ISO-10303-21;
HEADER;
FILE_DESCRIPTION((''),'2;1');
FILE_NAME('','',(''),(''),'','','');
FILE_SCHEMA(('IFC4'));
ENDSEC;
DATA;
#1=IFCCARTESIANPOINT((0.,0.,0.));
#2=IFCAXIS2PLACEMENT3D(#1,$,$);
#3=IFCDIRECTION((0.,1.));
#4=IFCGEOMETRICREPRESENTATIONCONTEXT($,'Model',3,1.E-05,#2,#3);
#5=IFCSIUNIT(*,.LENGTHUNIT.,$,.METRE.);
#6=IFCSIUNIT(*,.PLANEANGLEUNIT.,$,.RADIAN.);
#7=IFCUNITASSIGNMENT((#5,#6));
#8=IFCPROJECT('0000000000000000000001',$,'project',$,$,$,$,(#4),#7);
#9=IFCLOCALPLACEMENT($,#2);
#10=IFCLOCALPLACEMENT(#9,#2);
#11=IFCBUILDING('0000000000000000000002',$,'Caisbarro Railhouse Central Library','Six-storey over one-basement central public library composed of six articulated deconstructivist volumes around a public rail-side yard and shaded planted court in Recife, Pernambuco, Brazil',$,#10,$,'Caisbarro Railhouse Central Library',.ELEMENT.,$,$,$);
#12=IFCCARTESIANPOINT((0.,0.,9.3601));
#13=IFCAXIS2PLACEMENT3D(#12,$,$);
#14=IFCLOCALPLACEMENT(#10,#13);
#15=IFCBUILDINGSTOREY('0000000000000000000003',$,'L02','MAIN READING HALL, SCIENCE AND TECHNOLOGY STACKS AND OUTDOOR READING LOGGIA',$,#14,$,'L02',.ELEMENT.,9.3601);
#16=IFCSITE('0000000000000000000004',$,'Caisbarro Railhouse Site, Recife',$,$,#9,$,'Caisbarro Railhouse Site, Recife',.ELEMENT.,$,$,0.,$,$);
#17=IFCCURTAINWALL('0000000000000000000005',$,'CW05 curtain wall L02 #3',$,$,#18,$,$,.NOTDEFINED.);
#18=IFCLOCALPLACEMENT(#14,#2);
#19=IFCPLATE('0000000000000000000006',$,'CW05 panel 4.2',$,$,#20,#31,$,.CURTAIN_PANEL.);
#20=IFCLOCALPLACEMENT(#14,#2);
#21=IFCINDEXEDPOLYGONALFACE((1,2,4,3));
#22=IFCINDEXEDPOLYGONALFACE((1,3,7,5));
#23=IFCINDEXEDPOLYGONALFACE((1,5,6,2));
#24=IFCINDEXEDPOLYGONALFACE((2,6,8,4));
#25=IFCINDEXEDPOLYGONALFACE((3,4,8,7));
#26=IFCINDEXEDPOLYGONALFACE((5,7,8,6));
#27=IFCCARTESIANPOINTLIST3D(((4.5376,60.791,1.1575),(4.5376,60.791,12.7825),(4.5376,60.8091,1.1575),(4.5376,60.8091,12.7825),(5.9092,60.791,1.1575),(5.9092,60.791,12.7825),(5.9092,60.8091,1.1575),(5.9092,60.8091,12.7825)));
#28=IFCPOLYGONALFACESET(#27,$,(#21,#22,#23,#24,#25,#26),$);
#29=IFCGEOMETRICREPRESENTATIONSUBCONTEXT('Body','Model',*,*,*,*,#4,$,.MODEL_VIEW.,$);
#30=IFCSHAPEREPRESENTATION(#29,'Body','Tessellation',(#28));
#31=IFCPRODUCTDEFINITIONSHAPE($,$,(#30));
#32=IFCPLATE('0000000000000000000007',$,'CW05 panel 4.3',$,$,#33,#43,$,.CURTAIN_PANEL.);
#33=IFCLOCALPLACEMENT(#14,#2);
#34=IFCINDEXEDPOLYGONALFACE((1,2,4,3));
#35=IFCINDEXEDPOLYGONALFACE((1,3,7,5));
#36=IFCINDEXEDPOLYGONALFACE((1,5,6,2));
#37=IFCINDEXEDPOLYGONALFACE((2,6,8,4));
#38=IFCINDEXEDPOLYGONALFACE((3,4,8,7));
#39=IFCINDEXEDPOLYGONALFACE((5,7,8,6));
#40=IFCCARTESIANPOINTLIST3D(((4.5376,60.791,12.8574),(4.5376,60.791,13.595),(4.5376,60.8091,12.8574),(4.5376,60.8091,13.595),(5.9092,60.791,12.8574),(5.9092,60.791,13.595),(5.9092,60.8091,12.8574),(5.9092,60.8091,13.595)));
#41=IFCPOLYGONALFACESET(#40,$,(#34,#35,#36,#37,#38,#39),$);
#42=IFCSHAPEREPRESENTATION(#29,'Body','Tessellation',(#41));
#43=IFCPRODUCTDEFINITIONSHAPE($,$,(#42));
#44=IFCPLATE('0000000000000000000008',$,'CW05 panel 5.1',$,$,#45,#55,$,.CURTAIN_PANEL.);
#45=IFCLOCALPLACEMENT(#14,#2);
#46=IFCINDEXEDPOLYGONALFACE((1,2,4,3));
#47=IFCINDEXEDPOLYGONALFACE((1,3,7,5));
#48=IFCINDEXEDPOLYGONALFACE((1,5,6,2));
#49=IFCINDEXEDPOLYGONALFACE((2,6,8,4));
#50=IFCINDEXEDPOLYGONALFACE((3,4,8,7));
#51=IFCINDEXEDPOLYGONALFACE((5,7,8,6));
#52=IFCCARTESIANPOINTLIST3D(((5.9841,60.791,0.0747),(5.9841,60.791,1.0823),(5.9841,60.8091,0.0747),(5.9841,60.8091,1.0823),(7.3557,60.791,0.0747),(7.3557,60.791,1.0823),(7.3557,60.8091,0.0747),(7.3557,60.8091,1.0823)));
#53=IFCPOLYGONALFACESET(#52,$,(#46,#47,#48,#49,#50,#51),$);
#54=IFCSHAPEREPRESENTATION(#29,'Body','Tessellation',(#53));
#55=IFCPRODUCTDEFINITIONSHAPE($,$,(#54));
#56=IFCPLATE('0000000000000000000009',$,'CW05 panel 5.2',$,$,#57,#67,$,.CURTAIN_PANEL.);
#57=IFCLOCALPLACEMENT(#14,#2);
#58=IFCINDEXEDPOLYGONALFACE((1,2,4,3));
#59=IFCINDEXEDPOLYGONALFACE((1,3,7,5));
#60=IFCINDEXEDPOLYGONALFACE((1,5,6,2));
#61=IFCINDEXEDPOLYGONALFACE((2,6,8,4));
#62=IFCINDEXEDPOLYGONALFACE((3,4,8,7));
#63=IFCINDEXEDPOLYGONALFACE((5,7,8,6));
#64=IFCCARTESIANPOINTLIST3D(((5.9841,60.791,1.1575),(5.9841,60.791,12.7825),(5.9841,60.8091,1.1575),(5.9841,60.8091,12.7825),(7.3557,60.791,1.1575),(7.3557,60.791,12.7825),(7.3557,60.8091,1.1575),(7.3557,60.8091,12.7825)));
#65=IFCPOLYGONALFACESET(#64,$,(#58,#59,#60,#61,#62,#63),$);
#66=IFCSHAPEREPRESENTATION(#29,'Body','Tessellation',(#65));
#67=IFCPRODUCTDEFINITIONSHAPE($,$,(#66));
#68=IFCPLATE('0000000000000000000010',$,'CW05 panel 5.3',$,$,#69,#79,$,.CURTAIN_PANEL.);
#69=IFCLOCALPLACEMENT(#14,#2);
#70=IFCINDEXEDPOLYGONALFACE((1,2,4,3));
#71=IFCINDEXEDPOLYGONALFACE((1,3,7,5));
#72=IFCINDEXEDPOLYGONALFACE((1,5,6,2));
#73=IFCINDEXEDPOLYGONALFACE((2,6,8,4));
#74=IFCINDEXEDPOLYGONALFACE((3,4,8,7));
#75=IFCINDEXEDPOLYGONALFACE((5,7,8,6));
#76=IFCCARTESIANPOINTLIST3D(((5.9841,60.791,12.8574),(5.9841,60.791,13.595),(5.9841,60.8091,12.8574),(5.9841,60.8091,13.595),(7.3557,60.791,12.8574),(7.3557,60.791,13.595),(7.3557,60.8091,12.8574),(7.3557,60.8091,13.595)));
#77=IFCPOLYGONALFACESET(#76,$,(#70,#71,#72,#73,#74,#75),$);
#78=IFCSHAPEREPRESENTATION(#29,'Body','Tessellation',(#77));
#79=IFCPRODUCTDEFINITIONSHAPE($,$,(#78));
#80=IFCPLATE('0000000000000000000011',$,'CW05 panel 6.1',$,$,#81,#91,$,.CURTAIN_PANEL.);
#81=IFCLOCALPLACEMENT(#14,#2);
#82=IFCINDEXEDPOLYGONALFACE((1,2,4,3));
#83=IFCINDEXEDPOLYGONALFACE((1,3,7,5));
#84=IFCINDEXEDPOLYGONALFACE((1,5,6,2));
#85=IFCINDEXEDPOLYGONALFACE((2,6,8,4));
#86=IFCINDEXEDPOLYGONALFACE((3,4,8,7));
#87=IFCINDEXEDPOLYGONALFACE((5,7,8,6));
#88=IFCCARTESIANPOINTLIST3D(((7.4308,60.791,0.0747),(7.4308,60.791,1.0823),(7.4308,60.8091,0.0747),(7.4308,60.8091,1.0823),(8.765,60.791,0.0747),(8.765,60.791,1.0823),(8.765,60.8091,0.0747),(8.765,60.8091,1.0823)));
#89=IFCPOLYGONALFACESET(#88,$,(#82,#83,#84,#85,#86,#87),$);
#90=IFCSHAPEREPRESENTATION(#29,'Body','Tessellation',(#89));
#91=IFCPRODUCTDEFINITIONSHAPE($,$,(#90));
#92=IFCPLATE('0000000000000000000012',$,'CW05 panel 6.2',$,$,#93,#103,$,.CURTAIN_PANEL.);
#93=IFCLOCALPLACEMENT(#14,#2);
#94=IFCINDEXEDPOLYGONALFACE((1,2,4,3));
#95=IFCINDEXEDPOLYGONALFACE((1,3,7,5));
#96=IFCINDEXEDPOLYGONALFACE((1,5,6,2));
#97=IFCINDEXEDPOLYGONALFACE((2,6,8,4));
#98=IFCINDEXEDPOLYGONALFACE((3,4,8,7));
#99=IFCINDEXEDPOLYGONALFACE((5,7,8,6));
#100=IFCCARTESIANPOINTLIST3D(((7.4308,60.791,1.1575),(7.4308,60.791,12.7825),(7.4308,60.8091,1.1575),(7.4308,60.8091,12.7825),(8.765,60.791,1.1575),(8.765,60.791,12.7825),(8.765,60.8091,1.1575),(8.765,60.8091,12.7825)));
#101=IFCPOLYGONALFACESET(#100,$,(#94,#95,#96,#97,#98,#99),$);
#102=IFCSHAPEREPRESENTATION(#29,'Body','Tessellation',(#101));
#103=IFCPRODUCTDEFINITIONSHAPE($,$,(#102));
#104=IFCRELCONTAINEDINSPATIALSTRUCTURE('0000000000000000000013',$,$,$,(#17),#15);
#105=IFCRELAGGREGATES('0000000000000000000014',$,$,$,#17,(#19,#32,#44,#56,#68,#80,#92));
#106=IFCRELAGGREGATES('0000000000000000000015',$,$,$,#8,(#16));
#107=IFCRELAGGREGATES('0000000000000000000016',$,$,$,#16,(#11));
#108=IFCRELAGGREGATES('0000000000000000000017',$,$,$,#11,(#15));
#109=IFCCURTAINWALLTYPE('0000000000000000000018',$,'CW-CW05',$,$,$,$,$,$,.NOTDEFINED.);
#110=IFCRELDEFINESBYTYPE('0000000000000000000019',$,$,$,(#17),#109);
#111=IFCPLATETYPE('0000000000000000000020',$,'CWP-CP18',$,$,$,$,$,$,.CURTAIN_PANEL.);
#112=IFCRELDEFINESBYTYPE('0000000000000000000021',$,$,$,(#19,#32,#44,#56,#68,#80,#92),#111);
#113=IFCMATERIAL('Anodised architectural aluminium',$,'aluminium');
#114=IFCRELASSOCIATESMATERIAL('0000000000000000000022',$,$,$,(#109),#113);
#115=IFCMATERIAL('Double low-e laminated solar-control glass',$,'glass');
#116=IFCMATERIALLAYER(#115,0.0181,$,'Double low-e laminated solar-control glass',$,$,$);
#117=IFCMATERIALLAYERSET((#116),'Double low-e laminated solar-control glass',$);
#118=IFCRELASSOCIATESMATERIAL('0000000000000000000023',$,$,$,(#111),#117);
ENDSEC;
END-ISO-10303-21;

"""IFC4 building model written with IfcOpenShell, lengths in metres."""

from ifc_helpers import new_model, si_unit, direction, frame, origin, origin_2d, place, context, subcontext, project, spatial, rectangle, extrude, material, layer, layer_set, type_object, element, aggregate, save


model = new_model("IFC4")

# Units and contexts
model_context = context("Model", 3, precision=1e-05, world=origin(), true_north=direction((0.0, 1.0)))
body_context = subcontext(model_context, "Body", "Model", "MODEL_VIEW")
ifc_project = project(units=[si_unit("LENGTHUNIT", "METRE"), si_unit("PLANEANGLEUNIT", "RADIAN")], contexts=[model_context])

# Site, building, storey
site_placement = place(None, origin())
site = spatial("IfcSite", under=ifc_project, at=site_placement, Name="Caisbarro Railhouse Site, Recife", LongName="Caisbarro Railhouse Site, Recife", CompositionType="ELEMENT", RefElevation=0.0)
building_placement = place(site_placement, origin())
building = spatial("IfcBuilding", under=site, at=building_placement, Name="Caisbarro Railhouse Central Library", Description="Six-storey over one-basement central public library composed of six articulated deconstructivist volumes around a public rail-side yard and shaded planted court in Recife, Pernambuco, Brazil", LongName="Caisbarro Railhouse Central Library", CompositionType="ELEMENT")
storey_placement = place(building_placement, frame((0.0, 0.0, 9.3601)))
storey = spatial("IfcBuildingStorey", under=building, at=storey_placement, Name="L02", Description="MAIN READING HALL, SCIENCE AND TECHNOLOGY STACKS AND OUTDOOR READING LOGGIA", LongName="L02", CompositionType="ELEMENT", Elevation=9.3601)

# Curtain wall, plates
ifc_material_1 = material(Name="Anodised architectural aluminium", Category="aluminium")
curtain_wall_type = type_object("IfcCurtainWallType", Name="CW-CW05", PredefinedType="NOTDEFINED", material=ifc_material_1)
curtain_wall_placement = place(storey_placement, origin())
curtain_wall = element("IfcCurtainWall", 1, at=curtain_wall_placement, inside=storey, type_object=curtain_wall_type, Name="CW05 curtain wall L02 #3", PredefinedType="NOTDEFINED")
ifc_material_2 = material(Name="Double low-e laminated solar-control glass", Category="glass")
ifc_layer = layer(ifc_material_2, 0.0181, Name="Double low-e laminated solar-control glass")
ifc_layer_set = layer_set([ifc_layer], Name="Double low-e laminated solar-control glass")
plate_type = type_object("IfcPlateType", Name="CWP-CP18", PredefinedType="CURTAIN_PANEL", material=ifc_layer_set)
plate_1_placement = place(storey_placement, frame((5.2234, 60.8, 1.1575), z_axis=(0.0, 0.0, 1.0), x_axis=(1.0, 0.0, 0.0)))
plate_1 = element("IfcPlate", 2, at=plate_1_placement, type_object=plate_type, Name="CW05 panel 4.2", PredefinedType="CURTAIN_PANEL", context=body_context, shape_type="SweptSolid", body=[
    extrude(rectangle(XDim=1.3716, YDim=0.0181, at=origin_2d()), origin(), (0.0, 0.0, 1.0), 11.625),
])
plate_2_placement = place(storey_placement, frame((5.2234, 60.8, 12.8574), z_axis=(0.0, 0.0, 1.0), x_axis=(1.0, 0.0, 0.0)))
plate_2 = element("IfcPlate", 3, at=plate_2_placement, type_object=plate_type, Name="CW05 panel 4.3", PredefinedType="CURTAIN_PANEL", context=body_context, shape_type="SweptSolid", body=[
    extrude(rectangle(XDim=1.3716, YDim=0.0181, at=origin_2d()), origin(), (0.0, 0.0, 1.0), 0.7375),
])
plate_3_placement = place(storey_placement, frame((6.6699, 60.8, 0.0747), z_axis=(0.0, 0.0, 1.0), x_axis=(1.0, 0.0, 0.0)))
plate_3 = element("IfcPlate", 4, at=plate_3_placement, type_object=plate_type, Name="CW05 panel 5.1", PredefinedType="CURTAIN_PANEL", context=body_context, shape_type="SweptSolid", body=[
    extrude(rectangle(XDim=1.3716, YDim=0.0181, at=origin_2d()), origin(), (0.0, 0.0, 1.0), 1.0076),
])
plate_4_placement = place(storey_placement, frame((6.6699, 60.8, 1.1575), z_axis=(0.0, 0.0, 1.0), x_axis=(1.0, 0.0, 0.0)))
plate_4 = element("IfcPlate", 5, at=plate_4_placement, type_object=plate_type, Name="CW05 panel 5.2", PredefinedType="CURTAIN_PANEL", context=body_context, shape_type="SweptSolid", body=[
    extrude(rectangle(XDim=1.3716, YDim=0.0181, at=origin_2d()), origin(), (0.0, 0.0, 1.0), 11.625),
])
plate_5_placement = place(storey_placement, frame((6.6699, 60.8, 12.8574), z_axis=(0.0, 0.0, 1.0), x_axis=(1.0, 0.0, 0.0)))
plate_5 = element("IfcPlate", 6, at=plate_5_placement, type_object=plate_type, Name="CW05 panel 5.3", PredefinedType="CURTAIN_PANEL", context=body_context, shape_type="SweptSolid", body=[
    extrude(rectangle(XDim=1.3716, YDim=0.0181, at=origin_2d()), origin(), (0.0, 0.0, 1.0), 0.7375),
])
plate_6_placement = place(storey_placement, frame((8.0979, 60.8, 0.0747), z_axis=(0.0, 0.0, 1.0), x_axis=(1.0, 0.0, 0.0)))
plate_6 = element("IfcPlate", 7, at=plate_6_placement, type_object=plate_type, Name="CW05 panel 6.1", PredefinedType="CURTAIN_PANEL", context=body_context, shape_type="SweptSolid", body=[
    extrude(rectangle(XDim=1.3342, YDim=0.0181, at=origin_2d()), origin(), (0.0, 0.0, 1.0), 1.0076),
])
plate_7_placement = place(storey_placement, frame((8.0979, 60.8, 1.1575), z_axis=(0.0, 0.0, 1.0), x_axis=(1.0, 0.0, 0.0)))
plate_7 = element("IfcPlate", 8, at=plate_7_placement, type_object=plate_type, Name="CW05 panel 6.2", PredefinedType="CURTAIN_PANEL", context=body_context, shape_type="SweptSolid", body=[
    extrude(rectangle(XDim=1.3342, YDim=0.0181, at=origin_2d()), origin(), (0.0, 0.0, 1.0), 11.625),
])
aggregate(curtain_wall, [plate_1, plate_2, plate_3, plate_4, plate_5, plate_6, plate_7])

save(model, "model.ifc")
